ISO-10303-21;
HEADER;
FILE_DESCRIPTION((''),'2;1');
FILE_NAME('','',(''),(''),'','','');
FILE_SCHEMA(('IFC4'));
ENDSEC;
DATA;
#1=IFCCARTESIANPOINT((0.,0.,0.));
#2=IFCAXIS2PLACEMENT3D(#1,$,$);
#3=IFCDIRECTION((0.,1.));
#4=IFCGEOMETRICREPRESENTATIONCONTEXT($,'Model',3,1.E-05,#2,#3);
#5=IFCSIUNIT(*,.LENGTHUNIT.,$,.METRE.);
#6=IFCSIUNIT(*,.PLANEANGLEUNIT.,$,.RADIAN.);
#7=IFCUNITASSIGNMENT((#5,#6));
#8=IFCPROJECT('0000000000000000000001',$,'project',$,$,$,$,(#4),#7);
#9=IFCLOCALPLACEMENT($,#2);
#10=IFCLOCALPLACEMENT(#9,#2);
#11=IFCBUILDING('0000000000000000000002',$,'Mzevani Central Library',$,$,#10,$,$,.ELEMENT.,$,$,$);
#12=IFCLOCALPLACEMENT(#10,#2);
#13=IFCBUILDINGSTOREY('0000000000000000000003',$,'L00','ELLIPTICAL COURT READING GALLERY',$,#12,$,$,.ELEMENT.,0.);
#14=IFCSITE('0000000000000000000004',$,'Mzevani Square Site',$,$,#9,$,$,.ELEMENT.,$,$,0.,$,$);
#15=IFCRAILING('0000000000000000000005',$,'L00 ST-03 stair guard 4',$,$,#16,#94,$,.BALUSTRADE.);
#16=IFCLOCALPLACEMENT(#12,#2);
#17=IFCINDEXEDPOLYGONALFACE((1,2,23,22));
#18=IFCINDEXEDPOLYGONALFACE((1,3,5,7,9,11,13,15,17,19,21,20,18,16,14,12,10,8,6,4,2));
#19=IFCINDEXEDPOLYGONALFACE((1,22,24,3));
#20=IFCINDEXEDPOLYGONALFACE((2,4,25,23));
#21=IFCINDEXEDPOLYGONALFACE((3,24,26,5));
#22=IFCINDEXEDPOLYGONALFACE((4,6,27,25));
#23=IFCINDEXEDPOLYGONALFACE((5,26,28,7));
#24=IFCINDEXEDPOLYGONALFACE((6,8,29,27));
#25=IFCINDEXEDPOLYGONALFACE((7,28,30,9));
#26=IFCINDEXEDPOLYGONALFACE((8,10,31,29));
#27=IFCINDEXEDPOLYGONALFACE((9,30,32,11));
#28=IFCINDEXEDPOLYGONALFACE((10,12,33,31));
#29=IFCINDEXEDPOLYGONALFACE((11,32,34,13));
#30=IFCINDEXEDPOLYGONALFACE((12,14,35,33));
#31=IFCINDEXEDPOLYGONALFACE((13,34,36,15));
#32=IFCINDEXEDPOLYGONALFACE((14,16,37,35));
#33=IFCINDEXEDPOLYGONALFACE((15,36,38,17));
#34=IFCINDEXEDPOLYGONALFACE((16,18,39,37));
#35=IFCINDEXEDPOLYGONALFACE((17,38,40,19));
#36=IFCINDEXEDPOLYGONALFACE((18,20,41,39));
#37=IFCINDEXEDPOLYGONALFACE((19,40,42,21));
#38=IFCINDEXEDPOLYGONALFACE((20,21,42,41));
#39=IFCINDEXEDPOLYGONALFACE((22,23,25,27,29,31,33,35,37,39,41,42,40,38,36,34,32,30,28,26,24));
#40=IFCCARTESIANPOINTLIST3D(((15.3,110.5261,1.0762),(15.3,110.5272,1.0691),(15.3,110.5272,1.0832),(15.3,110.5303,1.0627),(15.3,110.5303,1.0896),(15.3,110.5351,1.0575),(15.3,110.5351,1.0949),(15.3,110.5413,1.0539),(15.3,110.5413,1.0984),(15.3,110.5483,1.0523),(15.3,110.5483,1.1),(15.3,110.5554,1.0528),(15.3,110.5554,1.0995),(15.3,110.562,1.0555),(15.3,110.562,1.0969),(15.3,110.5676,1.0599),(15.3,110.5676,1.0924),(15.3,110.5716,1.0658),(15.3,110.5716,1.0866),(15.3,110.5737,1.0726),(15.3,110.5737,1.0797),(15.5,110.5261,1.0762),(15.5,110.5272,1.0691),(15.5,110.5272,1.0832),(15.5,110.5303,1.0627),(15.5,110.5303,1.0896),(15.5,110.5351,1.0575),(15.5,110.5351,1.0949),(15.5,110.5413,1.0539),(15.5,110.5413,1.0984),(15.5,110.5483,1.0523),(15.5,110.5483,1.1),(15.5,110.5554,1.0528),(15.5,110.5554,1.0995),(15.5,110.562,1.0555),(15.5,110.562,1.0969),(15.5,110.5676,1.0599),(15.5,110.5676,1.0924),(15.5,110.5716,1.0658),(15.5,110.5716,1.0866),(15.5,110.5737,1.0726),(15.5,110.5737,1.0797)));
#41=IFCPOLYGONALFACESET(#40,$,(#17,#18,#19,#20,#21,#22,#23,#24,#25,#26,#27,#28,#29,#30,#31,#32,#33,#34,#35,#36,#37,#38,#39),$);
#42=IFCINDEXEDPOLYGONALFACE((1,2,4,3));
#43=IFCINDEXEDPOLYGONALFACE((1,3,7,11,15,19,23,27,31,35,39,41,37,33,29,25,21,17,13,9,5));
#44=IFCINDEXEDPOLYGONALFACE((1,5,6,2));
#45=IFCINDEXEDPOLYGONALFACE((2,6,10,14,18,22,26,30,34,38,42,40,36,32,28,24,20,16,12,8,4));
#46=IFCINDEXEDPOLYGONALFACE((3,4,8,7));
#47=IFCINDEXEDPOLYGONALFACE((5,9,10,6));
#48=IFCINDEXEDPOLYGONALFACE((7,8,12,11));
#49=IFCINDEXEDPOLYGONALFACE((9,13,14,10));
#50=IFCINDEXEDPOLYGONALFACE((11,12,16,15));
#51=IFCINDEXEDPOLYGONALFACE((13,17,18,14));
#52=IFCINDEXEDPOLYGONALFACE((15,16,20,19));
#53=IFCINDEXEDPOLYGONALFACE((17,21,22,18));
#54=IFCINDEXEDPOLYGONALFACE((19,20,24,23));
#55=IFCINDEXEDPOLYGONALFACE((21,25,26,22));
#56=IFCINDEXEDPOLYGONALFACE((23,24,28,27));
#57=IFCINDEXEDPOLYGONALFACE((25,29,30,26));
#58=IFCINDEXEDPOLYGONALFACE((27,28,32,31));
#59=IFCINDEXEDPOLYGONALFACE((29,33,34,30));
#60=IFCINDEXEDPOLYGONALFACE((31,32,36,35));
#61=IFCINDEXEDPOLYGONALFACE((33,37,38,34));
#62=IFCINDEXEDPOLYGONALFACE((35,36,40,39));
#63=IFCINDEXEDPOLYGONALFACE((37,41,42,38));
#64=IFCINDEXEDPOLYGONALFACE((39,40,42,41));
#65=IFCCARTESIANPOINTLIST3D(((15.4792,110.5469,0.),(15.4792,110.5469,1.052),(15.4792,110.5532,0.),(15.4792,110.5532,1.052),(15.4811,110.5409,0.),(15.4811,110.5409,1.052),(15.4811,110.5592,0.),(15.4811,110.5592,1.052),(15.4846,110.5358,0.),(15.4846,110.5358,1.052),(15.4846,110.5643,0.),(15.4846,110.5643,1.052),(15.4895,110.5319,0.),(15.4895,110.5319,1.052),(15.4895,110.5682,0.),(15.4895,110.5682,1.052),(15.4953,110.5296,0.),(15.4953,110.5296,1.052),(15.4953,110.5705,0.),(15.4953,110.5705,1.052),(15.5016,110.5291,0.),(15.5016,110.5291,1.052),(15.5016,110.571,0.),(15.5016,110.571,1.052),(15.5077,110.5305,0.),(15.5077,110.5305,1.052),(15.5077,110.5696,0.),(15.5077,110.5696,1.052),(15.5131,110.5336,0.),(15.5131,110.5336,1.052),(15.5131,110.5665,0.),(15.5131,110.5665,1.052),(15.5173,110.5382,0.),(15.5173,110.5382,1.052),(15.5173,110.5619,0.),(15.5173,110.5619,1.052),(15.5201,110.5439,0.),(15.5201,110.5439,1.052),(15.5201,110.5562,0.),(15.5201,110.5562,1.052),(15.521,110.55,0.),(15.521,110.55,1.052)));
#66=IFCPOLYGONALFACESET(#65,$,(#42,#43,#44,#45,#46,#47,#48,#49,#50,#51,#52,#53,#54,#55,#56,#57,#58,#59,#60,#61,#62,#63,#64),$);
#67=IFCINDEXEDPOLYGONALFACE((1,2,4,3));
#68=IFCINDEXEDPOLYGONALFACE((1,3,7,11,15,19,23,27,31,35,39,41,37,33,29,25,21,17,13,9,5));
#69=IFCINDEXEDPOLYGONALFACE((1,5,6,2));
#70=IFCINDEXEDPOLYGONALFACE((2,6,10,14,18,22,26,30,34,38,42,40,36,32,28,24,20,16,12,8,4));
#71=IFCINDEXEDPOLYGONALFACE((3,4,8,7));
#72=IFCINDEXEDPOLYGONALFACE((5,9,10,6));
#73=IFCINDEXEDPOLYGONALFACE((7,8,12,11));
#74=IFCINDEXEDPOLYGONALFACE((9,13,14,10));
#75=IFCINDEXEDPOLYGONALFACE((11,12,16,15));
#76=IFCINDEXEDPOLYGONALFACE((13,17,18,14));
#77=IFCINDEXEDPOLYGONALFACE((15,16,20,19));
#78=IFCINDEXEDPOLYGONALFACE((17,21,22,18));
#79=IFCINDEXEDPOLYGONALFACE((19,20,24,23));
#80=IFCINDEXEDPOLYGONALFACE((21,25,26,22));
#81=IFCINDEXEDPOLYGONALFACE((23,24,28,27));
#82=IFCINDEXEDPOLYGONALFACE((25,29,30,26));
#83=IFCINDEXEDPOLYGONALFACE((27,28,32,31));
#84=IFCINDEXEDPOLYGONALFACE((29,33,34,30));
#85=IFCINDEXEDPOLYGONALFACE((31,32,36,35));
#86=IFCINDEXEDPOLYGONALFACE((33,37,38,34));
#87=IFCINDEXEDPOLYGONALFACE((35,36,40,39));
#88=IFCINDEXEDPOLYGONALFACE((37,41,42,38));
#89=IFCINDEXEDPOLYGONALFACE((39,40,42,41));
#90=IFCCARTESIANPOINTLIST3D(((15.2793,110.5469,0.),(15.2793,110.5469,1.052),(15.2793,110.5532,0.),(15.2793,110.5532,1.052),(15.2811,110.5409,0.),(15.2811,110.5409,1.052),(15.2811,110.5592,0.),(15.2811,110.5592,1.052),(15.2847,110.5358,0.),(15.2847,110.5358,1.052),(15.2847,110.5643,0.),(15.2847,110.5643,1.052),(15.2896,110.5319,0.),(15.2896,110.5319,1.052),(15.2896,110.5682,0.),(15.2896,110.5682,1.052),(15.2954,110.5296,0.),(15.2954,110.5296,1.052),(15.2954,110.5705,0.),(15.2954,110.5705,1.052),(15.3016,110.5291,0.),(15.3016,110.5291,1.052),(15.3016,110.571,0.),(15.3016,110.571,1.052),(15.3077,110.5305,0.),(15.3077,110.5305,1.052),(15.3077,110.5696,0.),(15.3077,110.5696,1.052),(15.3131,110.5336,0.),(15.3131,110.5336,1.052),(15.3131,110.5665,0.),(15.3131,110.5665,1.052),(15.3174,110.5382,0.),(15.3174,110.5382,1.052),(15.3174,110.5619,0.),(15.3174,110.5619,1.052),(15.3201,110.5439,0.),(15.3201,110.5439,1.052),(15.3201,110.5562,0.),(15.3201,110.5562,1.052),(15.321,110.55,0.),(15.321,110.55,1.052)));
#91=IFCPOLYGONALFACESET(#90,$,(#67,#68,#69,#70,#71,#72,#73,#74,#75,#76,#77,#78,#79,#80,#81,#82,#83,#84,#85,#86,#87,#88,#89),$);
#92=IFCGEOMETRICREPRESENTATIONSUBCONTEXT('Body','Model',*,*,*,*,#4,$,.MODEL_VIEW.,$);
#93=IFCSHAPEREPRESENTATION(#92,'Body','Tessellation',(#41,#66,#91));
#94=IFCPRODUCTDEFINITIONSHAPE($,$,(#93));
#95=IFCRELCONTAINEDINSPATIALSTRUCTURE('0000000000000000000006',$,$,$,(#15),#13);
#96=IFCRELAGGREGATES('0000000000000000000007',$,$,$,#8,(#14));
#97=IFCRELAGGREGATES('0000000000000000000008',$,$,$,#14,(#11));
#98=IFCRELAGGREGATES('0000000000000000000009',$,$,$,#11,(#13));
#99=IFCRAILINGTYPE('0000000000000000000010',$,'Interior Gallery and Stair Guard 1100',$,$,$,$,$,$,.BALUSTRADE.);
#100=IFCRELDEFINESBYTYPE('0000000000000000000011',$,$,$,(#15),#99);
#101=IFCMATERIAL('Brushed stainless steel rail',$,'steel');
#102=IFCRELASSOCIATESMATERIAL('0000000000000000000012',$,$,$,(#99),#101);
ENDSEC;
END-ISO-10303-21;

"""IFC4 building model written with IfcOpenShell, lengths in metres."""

from ifc_helpers import new_model, si_unit, direction, frame, origin, origin_2d, place, context, subcontext, project, spatial, circle, extrude, material, type_object, element, save


model = new_model("IFC4")

# Units and contexts
model_context = context("Model", 3, precision=1e-05, world=origin(), true_north=direction((0.0, 1.0)))
body_context = subcontext(model_context, "Body", "Model", "MODEL_VIEW")
ifc_project = project(units=[si_unit("LENGTHUNIT", "METRE"), si_unit("PLANEANGLEUNIT", "RADIAN")], contexts=[model_context])

# Site, building, storey
site_placement = place(None, origin())
site = spatial("IfcSite", under=ifc_project, at=site_placement, Name="Mzevani Square Site", CompositionType="ELEMENT", RefElevation=0.0)
building_placement = place(site_placement, origin())
building = spatial("IfcBuilding", under=site, at=building_placement, Name="Mzevani Central Library", CompositionType="ELEMENT")
storey_placement = place(building_placement, origin())
storey = spatial("IfcBuildingStorey", under=building, at=storey_placement, Name="L00", Description="ELLIPTICAL COURT READING GALLERY", CompositionType="ELEMENT", Elevation=0.0)

# Railing
ifc_material_1 = material(Name="Brushed stainless steel rail", Category="steel")
railing_type_1 = type_object("IfcRailingType", Name="Interior Gallery and Stair Guard 1100", PredefinedType="BALUSTRADE", material=ifc_material_1)
railing_1_placement = place(storey_placement, frame((15.5, 110.55, 0.0)))
element("IfcRailing", 1, at=railing_1_placement, inside=storey, type_object=railing_type_1, Name="L00 ST-03 stair guard 4", PredefinedType="BALUSTRADE", context=body_context, shape_type="SweptSolid", body=[
    extrude(circle(Radius=0.0239, at=origin_2d()), frame((0.0, 0.0, 1.0762), z_axis=(-1.0, 0.0, 0.0), x_axis=(0.0, -1.0, 0.0)), (0.0, 0.0, 1.0), 0.2),
    extrude(circle(Radius=0.021, at=origin_2d()), origin(), (0.0, 0.0, 1.0), 1.052),
    extrude(circle(Radius=0.021, at=origin_2d()), frame((-0.2, 0.0, 0.0)), (0.0, 0.0, 1.0), 1.052),
])

save(model, "model.ifc")
